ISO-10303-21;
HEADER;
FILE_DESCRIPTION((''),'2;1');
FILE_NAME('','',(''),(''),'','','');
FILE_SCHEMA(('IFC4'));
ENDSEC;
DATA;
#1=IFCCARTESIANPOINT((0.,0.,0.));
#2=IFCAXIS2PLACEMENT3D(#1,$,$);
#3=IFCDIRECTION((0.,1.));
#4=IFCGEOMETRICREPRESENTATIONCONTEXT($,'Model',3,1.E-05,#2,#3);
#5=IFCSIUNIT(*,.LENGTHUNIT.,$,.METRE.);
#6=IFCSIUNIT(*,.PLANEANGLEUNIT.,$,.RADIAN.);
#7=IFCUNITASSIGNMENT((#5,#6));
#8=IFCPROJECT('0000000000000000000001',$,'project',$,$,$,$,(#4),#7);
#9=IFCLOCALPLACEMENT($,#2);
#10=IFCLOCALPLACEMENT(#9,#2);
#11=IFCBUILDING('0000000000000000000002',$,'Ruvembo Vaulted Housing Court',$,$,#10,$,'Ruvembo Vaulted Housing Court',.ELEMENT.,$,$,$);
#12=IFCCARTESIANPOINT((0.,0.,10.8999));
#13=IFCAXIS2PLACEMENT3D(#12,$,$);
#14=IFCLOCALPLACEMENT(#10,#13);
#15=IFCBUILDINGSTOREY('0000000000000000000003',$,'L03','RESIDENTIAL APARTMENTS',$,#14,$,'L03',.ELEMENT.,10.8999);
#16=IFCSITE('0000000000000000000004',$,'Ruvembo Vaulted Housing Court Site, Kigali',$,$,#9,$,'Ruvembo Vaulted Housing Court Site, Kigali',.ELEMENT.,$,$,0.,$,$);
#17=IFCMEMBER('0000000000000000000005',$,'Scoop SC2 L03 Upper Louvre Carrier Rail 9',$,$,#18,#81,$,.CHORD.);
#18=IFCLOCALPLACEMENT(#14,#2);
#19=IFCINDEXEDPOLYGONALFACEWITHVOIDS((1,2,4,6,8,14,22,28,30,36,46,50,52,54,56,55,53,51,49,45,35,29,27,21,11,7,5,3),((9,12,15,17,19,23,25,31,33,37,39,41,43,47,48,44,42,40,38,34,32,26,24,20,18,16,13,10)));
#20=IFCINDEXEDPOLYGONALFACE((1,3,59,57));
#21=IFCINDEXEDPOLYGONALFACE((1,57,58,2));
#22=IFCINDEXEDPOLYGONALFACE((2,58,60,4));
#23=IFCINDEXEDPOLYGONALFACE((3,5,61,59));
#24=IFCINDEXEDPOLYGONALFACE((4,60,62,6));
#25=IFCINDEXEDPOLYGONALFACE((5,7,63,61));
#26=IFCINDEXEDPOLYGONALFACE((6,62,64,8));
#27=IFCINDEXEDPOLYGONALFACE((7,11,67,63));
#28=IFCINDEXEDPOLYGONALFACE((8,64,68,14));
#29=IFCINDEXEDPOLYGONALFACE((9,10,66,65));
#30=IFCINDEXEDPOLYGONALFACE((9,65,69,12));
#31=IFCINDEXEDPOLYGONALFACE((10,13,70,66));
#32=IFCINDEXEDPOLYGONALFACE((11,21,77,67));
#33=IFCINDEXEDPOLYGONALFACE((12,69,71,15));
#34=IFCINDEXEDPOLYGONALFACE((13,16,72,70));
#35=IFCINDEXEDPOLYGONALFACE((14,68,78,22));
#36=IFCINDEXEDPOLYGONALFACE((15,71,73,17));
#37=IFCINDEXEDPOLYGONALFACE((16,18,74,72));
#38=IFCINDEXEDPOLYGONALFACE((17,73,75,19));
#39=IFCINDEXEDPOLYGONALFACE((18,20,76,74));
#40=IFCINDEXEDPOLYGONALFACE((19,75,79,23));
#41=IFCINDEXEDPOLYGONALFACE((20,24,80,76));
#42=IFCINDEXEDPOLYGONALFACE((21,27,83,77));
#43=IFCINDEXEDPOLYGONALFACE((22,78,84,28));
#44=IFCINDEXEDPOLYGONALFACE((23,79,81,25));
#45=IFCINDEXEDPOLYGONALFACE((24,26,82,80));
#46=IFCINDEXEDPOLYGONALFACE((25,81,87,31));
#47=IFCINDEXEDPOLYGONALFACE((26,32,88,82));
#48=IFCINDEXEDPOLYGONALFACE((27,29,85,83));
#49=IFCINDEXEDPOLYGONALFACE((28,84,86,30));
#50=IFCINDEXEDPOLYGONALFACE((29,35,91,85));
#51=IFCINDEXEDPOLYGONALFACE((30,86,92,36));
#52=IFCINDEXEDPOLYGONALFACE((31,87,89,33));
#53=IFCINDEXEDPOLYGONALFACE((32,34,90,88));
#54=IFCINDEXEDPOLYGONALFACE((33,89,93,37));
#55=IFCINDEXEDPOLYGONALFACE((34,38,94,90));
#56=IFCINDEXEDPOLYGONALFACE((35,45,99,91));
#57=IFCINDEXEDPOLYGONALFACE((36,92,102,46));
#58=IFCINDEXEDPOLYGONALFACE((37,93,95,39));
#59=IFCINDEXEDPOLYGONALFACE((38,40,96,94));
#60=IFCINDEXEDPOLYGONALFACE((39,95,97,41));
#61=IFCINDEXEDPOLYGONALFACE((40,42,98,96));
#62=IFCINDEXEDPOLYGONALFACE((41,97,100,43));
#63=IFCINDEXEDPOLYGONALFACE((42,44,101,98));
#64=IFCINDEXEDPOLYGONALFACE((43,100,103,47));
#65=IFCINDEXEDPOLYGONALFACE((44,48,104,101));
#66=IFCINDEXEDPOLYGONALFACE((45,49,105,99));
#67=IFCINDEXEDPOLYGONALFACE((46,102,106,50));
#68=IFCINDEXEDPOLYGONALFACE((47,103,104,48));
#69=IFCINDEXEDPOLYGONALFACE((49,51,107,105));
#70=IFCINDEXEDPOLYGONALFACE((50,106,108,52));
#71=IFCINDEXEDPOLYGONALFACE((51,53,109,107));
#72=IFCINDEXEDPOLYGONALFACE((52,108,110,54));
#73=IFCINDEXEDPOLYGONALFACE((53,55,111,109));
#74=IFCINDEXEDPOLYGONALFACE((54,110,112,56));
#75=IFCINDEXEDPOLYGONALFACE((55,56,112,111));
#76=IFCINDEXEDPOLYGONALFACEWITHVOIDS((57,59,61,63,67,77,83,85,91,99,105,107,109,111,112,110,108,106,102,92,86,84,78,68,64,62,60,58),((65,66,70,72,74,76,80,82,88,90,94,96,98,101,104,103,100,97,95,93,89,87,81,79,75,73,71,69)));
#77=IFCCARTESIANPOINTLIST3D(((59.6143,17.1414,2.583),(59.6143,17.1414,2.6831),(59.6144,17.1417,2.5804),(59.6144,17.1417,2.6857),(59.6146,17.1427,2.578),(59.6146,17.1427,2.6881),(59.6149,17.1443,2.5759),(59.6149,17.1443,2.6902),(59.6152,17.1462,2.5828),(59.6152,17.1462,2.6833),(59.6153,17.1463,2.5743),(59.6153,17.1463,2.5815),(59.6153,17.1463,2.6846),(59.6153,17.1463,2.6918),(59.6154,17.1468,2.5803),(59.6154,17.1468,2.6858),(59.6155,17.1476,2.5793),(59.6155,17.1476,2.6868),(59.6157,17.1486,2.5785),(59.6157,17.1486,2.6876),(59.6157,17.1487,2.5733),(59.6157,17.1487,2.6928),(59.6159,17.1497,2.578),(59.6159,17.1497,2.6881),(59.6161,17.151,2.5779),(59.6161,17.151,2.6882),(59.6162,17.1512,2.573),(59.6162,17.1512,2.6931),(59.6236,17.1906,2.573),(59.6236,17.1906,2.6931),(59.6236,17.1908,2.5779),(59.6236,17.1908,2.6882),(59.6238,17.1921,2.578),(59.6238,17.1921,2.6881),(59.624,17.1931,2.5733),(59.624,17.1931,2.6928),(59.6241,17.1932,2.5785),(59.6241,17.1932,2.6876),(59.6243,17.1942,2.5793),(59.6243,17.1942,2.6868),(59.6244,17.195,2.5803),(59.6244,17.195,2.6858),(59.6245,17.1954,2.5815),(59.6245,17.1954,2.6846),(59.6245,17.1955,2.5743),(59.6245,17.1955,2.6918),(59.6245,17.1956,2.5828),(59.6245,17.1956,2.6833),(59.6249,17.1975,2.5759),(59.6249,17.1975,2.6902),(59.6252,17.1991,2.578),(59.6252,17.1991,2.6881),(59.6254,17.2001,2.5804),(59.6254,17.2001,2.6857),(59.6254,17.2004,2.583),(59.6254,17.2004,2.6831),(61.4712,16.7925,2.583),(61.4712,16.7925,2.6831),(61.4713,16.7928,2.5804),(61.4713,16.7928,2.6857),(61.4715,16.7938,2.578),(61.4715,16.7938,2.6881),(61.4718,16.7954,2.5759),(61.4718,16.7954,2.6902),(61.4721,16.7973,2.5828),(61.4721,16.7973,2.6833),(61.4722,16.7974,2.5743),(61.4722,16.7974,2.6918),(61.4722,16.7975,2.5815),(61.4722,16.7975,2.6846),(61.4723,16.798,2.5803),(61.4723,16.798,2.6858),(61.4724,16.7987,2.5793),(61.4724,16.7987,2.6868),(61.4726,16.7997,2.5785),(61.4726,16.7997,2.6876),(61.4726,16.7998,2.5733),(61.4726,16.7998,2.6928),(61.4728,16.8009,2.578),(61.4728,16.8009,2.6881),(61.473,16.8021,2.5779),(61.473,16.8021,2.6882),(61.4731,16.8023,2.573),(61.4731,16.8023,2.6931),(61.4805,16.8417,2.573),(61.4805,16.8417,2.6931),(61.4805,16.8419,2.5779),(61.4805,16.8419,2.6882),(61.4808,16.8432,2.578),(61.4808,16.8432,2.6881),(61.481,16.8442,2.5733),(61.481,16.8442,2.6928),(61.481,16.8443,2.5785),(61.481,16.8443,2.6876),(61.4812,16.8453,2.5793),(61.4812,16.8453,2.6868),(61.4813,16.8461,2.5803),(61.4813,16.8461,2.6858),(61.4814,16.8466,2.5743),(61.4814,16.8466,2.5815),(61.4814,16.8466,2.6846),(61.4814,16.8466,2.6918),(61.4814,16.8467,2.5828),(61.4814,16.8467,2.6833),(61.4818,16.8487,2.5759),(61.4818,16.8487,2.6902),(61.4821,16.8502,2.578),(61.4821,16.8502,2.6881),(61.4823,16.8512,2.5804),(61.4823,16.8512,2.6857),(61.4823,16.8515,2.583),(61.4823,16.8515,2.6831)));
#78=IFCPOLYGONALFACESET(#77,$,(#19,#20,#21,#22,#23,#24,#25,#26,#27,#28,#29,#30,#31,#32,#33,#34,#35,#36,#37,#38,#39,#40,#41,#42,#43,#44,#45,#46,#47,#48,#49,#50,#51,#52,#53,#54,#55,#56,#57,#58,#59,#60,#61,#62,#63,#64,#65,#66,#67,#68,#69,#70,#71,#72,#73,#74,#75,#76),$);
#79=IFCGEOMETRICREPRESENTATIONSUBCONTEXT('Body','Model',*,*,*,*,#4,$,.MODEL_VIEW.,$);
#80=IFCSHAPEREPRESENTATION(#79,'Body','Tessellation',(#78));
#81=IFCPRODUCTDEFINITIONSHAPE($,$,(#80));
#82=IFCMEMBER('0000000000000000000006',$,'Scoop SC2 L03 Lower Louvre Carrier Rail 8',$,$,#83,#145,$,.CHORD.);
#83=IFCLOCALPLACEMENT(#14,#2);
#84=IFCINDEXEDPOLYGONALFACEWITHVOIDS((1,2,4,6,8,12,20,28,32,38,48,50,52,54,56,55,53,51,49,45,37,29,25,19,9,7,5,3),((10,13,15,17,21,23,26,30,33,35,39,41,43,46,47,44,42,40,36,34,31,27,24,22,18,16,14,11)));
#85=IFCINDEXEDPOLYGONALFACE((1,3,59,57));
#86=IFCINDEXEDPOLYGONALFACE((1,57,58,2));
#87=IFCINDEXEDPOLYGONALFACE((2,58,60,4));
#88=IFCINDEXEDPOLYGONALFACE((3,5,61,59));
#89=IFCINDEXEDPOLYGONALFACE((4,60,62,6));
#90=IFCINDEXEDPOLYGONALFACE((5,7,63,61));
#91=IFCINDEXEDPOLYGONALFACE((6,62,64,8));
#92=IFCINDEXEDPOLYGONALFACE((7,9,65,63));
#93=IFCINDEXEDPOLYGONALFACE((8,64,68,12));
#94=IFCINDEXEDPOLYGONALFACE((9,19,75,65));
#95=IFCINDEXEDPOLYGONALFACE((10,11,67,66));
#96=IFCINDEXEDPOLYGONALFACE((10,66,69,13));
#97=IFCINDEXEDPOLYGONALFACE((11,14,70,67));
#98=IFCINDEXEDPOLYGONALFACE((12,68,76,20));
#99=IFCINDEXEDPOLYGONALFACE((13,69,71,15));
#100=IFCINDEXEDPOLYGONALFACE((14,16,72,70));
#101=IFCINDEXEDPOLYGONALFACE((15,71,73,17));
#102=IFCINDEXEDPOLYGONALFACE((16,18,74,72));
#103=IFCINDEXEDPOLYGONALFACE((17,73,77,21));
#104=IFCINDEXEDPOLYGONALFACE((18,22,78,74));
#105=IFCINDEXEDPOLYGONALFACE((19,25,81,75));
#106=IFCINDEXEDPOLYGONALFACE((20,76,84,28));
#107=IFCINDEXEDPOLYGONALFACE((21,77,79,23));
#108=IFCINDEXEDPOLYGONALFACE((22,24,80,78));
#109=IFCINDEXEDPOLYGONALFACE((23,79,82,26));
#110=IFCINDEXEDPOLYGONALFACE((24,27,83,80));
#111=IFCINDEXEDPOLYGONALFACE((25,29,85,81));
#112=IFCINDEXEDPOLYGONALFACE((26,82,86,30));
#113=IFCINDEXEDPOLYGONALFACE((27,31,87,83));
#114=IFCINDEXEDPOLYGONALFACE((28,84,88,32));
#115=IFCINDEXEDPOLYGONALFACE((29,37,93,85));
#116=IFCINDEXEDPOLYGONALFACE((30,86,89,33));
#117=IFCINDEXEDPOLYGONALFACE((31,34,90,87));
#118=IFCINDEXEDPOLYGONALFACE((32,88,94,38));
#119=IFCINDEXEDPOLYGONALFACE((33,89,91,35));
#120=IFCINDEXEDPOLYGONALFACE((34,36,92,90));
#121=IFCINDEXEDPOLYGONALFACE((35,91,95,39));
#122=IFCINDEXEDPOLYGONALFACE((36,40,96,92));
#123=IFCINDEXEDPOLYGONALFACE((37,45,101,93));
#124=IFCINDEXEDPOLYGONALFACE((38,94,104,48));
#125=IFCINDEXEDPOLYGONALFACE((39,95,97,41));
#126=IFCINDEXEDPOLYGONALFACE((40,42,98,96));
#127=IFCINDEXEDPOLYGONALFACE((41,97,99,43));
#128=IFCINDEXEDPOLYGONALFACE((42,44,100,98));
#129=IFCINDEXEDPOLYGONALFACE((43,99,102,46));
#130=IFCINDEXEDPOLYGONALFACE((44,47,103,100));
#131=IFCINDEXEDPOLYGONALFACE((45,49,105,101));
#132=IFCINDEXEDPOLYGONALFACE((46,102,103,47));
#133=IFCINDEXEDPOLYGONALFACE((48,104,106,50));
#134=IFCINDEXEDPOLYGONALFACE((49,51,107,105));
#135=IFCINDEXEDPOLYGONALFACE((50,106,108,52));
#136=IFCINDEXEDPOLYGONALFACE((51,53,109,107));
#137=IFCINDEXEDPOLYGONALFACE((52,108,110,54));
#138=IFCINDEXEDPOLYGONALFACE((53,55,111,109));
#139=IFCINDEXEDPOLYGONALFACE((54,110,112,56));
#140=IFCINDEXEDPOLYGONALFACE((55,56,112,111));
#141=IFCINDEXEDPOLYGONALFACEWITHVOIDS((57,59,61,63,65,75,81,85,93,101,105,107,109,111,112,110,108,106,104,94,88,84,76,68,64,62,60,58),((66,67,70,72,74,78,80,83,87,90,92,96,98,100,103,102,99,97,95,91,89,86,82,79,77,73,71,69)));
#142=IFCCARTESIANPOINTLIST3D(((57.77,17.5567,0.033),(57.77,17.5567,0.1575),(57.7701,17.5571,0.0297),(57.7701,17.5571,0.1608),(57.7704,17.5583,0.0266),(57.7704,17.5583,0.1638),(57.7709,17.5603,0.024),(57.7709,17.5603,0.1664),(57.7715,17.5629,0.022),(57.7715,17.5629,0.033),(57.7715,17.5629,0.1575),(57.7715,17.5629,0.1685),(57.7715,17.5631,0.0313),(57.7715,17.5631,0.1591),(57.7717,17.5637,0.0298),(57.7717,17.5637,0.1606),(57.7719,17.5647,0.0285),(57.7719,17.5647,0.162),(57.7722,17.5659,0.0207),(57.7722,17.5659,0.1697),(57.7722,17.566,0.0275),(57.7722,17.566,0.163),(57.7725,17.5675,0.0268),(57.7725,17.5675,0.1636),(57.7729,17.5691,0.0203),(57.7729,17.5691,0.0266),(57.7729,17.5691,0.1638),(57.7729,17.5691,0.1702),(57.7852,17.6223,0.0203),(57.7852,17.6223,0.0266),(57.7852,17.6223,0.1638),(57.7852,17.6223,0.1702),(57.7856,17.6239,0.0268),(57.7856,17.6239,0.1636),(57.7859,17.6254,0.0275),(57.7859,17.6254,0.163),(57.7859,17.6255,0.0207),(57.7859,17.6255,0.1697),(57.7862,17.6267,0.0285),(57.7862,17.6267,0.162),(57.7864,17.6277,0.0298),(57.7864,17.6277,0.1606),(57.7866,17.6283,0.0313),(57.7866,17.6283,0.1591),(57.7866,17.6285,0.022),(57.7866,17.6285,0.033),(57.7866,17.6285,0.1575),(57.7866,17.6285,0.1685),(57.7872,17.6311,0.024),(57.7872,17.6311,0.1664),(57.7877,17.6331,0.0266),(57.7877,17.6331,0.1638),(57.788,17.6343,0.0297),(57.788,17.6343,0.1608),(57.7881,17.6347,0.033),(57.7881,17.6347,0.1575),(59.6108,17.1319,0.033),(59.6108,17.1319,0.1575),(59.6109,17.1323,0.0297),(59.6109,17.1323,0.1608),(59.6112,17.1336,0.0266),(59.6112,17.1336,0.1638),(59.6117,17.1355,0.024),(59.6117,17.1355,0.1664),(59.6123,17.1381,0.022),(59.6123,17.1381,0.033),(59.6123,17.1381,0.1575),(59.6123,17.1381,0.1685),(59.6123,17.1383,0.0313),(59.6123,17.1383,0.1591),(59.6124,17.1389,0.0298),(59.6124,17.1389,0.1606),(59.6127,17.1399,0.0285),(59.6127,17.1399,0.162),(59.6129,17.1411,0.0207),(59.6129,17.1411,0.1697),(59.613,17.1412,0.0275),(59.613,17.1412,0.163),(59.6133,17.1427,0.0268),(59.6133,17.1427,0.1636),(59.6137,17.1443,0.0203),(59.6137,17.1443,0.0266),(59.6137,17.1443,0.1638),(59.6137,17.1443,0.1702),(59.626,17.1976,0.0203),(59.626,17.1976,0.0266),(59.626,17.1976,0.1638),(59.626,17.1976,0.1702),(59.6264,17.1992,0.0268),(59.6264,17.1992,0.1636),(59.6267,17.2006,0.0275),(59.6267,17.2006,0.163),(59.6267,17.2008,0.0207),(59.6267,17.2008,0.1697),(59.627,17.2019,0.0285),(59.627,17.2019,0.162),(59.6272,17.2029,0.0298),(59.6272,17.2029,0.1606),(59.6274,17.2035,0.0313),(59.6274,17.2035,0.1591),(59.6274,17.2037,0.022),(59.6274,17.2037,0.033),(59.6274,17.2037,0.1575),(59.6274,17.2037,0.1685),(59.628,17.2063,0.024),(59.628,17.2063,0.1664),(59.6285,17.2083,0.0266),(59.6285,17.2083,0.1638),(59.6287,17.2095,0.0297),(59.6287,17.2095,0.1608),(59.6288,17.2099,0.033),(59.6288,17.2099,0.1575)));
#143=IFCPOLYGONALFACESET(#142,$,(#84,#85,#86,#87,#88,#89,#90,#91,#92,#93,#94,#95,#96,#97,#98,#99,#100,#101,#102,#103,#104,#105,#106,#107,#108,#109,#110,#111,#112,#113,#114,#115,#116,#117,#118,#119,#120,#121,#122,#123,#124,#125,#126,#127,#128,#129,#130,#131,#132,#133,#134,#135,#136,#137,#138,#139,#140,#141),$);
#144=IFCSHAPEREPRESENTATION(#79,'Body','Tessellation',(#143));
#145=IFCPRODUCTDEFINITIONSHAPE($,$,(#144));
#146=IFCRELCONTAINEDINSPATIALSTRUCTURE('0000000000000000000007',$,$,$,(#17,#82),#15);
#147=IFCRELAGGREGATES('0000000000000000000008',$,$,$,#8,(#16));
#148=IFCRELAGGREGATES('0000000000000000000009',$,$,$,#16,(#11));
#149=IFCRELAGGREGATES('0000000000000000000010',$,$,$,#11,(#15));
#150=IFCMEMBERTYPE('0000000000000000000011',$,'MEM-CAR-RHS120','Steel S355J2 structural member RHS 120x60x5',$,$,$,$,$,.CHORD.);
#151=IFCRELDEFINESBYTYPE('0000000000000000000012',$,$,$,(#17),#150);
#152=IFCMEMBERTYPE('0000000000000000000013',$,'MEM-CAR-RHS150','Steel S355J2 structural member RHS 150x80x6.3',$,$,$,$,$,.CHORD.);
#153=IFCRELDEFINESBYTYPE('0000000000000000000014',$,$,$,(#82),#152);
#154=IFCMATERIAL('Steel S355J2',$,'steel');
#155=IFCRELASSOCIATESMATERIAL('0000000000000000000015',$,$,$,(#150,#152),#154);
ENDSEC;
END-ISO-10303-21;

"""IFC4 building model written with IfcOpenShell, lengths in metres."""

from ifc_helpers import new_model, si_unit, direction, frame, origin, origin_2d, place, context, subcontext, project, spatial, hollow_rectangle, extrude, material, material_profile, profile_set, type_object, element, save


model = new_model("IFC4")

# Units and contexts
model_context = context("Model", 3, precision=1e-05, world=origin(), true_north=direction((0.0, 1.0)))
body_context = subcontext(model_context, "Body", "Model", "MODEL_VIEW")
ifc_project = project(units=[si_unit("LENGTHUNIT", "METRE"), si_unit("PLANEANGLEUNIT", "RADIAN")], contexts=[model_context])

# Site, building, storey
site_placement = place(None, origin())
site = spatial("IfcSite", under=ifc_project, at=site_placement, Name="Ruvembo Vaulted Housing Court Site, Kigali", LongName="Ruvembo Vaulted Housing Court Site, Kigali", CompositionType="ELEMENT", RefElevation=0.0)
building_placement = place(site_placement, origin())
building = spatial("IfcBuilding", under=site, at=building_placement, Name="Ruvembo Vaulted Housing Court", LongName="Ruvembo Vaulted Housing Court", CompositionType="ELEMENT")
storey_placement = place(building_placement, frame((0.0, 0.0, 10.8999)))
storey = spatial("IfcBuildingStorey", under=building, at=storey_placement, Name="L03", Description="RESIDENTIAL APARTMENTS", LongName="L03", CompositionType="ELEMENT", Elevation=10.8999)

# Shared definitions
ifc_material_1 = material(Name="Steel S355J2", Category="steel")

# Members
ifc_material_profile_1 = material_profile(ifc_material_1, hollow_rectangle(XDim=0.0601, YDim=0.1201, WallThickness=0.0049, InnerFilletRadius=0.0049, OuterFilletRadius=0.01, at=origin_2d()), Name="RHS 120x60x5")
ifc_profile_set_1 = profile_set([ifc_material_profile_1], Name="Steel S355J2")
member_type_1 = type_object("IfcMemberType", Name="MEM-CAR-RHS120", Description="Steel S355J2 structural member RHS 120x60x5", PredefinedType="CHORD", material=ifc_profile_set_1)
member_1_placement = place(storey_placement, frame((59.6199, 17.1709, 2.6331), z_axis=(0.982805, -0.184647, 0.0), x_axis=(0.184647, 0.982805, 0.0)))
element("IfcMember", 1, at=member_1_placement, inside=storey, type_object=member_type_1, Name="Scoop SC2 L03 Upper Louvre Carrier Rail 9", PredefinedType="CHORD", context=body_context, shape_type="SweptSolid", body=[
    extrude(hollow_rectangle(XDim=0.0601, YDim=0.1201, WallThickness=0.0049, InnerFilletRadius=0.0049, OuterFilletRadius=0.01, at=origin_2d()), origin(), (0.0, 0.0, 1.0), 1.8894),
])
ifc_material_profile_2 = material_profile(ifc_material_1, hollow_rectangle(XDim=0.0801, YDim=0.1499, WallThickness=0.0063, InnerFilletRadius=0.0063, OuterFilletRadius=0.0127, at=origin_2d()), Name="RHS 150x80x6.3")
ifc_profile_set_2 = profile_set([ifc_material_profile_2], Name="Steel S355J2")
member_type_2 = type_object("IfcMemberType", Name="MEM-CAR-RHS150", Description="Steel S355J2 structural member RHS 150x80x6.3", PredefinedType="CHORD", material=ifc_profile_set_2)
member_2_placement = place(storey_placement, frame((57.7791, 17.5957, 0.0952), z_axis=(0.974391, -0.22486, 0.0), x_axis=(0.22486, 0.974391, 0.0)))
element("IfcMember", 2, at=member_2_placement, inside=storey, type_object=member_type_2, Name="Scoop SC2 L03 Lower Louvre Carrier Rail 8", PredefinedType="CHORD", context=body_context, shape_type="SweptSolid", body=[
    extrude(hollow_rectangle(XDim=0.0801, YDim=0.1499, WallThickness=0.0063, InnerFilletRadius=0.0063, OuterFilletRadius=0.0127, at=origin_2d()), origin(), (0.0, 0.0, 1.0), 1.8892),
])

save(model, "model.ifc")
